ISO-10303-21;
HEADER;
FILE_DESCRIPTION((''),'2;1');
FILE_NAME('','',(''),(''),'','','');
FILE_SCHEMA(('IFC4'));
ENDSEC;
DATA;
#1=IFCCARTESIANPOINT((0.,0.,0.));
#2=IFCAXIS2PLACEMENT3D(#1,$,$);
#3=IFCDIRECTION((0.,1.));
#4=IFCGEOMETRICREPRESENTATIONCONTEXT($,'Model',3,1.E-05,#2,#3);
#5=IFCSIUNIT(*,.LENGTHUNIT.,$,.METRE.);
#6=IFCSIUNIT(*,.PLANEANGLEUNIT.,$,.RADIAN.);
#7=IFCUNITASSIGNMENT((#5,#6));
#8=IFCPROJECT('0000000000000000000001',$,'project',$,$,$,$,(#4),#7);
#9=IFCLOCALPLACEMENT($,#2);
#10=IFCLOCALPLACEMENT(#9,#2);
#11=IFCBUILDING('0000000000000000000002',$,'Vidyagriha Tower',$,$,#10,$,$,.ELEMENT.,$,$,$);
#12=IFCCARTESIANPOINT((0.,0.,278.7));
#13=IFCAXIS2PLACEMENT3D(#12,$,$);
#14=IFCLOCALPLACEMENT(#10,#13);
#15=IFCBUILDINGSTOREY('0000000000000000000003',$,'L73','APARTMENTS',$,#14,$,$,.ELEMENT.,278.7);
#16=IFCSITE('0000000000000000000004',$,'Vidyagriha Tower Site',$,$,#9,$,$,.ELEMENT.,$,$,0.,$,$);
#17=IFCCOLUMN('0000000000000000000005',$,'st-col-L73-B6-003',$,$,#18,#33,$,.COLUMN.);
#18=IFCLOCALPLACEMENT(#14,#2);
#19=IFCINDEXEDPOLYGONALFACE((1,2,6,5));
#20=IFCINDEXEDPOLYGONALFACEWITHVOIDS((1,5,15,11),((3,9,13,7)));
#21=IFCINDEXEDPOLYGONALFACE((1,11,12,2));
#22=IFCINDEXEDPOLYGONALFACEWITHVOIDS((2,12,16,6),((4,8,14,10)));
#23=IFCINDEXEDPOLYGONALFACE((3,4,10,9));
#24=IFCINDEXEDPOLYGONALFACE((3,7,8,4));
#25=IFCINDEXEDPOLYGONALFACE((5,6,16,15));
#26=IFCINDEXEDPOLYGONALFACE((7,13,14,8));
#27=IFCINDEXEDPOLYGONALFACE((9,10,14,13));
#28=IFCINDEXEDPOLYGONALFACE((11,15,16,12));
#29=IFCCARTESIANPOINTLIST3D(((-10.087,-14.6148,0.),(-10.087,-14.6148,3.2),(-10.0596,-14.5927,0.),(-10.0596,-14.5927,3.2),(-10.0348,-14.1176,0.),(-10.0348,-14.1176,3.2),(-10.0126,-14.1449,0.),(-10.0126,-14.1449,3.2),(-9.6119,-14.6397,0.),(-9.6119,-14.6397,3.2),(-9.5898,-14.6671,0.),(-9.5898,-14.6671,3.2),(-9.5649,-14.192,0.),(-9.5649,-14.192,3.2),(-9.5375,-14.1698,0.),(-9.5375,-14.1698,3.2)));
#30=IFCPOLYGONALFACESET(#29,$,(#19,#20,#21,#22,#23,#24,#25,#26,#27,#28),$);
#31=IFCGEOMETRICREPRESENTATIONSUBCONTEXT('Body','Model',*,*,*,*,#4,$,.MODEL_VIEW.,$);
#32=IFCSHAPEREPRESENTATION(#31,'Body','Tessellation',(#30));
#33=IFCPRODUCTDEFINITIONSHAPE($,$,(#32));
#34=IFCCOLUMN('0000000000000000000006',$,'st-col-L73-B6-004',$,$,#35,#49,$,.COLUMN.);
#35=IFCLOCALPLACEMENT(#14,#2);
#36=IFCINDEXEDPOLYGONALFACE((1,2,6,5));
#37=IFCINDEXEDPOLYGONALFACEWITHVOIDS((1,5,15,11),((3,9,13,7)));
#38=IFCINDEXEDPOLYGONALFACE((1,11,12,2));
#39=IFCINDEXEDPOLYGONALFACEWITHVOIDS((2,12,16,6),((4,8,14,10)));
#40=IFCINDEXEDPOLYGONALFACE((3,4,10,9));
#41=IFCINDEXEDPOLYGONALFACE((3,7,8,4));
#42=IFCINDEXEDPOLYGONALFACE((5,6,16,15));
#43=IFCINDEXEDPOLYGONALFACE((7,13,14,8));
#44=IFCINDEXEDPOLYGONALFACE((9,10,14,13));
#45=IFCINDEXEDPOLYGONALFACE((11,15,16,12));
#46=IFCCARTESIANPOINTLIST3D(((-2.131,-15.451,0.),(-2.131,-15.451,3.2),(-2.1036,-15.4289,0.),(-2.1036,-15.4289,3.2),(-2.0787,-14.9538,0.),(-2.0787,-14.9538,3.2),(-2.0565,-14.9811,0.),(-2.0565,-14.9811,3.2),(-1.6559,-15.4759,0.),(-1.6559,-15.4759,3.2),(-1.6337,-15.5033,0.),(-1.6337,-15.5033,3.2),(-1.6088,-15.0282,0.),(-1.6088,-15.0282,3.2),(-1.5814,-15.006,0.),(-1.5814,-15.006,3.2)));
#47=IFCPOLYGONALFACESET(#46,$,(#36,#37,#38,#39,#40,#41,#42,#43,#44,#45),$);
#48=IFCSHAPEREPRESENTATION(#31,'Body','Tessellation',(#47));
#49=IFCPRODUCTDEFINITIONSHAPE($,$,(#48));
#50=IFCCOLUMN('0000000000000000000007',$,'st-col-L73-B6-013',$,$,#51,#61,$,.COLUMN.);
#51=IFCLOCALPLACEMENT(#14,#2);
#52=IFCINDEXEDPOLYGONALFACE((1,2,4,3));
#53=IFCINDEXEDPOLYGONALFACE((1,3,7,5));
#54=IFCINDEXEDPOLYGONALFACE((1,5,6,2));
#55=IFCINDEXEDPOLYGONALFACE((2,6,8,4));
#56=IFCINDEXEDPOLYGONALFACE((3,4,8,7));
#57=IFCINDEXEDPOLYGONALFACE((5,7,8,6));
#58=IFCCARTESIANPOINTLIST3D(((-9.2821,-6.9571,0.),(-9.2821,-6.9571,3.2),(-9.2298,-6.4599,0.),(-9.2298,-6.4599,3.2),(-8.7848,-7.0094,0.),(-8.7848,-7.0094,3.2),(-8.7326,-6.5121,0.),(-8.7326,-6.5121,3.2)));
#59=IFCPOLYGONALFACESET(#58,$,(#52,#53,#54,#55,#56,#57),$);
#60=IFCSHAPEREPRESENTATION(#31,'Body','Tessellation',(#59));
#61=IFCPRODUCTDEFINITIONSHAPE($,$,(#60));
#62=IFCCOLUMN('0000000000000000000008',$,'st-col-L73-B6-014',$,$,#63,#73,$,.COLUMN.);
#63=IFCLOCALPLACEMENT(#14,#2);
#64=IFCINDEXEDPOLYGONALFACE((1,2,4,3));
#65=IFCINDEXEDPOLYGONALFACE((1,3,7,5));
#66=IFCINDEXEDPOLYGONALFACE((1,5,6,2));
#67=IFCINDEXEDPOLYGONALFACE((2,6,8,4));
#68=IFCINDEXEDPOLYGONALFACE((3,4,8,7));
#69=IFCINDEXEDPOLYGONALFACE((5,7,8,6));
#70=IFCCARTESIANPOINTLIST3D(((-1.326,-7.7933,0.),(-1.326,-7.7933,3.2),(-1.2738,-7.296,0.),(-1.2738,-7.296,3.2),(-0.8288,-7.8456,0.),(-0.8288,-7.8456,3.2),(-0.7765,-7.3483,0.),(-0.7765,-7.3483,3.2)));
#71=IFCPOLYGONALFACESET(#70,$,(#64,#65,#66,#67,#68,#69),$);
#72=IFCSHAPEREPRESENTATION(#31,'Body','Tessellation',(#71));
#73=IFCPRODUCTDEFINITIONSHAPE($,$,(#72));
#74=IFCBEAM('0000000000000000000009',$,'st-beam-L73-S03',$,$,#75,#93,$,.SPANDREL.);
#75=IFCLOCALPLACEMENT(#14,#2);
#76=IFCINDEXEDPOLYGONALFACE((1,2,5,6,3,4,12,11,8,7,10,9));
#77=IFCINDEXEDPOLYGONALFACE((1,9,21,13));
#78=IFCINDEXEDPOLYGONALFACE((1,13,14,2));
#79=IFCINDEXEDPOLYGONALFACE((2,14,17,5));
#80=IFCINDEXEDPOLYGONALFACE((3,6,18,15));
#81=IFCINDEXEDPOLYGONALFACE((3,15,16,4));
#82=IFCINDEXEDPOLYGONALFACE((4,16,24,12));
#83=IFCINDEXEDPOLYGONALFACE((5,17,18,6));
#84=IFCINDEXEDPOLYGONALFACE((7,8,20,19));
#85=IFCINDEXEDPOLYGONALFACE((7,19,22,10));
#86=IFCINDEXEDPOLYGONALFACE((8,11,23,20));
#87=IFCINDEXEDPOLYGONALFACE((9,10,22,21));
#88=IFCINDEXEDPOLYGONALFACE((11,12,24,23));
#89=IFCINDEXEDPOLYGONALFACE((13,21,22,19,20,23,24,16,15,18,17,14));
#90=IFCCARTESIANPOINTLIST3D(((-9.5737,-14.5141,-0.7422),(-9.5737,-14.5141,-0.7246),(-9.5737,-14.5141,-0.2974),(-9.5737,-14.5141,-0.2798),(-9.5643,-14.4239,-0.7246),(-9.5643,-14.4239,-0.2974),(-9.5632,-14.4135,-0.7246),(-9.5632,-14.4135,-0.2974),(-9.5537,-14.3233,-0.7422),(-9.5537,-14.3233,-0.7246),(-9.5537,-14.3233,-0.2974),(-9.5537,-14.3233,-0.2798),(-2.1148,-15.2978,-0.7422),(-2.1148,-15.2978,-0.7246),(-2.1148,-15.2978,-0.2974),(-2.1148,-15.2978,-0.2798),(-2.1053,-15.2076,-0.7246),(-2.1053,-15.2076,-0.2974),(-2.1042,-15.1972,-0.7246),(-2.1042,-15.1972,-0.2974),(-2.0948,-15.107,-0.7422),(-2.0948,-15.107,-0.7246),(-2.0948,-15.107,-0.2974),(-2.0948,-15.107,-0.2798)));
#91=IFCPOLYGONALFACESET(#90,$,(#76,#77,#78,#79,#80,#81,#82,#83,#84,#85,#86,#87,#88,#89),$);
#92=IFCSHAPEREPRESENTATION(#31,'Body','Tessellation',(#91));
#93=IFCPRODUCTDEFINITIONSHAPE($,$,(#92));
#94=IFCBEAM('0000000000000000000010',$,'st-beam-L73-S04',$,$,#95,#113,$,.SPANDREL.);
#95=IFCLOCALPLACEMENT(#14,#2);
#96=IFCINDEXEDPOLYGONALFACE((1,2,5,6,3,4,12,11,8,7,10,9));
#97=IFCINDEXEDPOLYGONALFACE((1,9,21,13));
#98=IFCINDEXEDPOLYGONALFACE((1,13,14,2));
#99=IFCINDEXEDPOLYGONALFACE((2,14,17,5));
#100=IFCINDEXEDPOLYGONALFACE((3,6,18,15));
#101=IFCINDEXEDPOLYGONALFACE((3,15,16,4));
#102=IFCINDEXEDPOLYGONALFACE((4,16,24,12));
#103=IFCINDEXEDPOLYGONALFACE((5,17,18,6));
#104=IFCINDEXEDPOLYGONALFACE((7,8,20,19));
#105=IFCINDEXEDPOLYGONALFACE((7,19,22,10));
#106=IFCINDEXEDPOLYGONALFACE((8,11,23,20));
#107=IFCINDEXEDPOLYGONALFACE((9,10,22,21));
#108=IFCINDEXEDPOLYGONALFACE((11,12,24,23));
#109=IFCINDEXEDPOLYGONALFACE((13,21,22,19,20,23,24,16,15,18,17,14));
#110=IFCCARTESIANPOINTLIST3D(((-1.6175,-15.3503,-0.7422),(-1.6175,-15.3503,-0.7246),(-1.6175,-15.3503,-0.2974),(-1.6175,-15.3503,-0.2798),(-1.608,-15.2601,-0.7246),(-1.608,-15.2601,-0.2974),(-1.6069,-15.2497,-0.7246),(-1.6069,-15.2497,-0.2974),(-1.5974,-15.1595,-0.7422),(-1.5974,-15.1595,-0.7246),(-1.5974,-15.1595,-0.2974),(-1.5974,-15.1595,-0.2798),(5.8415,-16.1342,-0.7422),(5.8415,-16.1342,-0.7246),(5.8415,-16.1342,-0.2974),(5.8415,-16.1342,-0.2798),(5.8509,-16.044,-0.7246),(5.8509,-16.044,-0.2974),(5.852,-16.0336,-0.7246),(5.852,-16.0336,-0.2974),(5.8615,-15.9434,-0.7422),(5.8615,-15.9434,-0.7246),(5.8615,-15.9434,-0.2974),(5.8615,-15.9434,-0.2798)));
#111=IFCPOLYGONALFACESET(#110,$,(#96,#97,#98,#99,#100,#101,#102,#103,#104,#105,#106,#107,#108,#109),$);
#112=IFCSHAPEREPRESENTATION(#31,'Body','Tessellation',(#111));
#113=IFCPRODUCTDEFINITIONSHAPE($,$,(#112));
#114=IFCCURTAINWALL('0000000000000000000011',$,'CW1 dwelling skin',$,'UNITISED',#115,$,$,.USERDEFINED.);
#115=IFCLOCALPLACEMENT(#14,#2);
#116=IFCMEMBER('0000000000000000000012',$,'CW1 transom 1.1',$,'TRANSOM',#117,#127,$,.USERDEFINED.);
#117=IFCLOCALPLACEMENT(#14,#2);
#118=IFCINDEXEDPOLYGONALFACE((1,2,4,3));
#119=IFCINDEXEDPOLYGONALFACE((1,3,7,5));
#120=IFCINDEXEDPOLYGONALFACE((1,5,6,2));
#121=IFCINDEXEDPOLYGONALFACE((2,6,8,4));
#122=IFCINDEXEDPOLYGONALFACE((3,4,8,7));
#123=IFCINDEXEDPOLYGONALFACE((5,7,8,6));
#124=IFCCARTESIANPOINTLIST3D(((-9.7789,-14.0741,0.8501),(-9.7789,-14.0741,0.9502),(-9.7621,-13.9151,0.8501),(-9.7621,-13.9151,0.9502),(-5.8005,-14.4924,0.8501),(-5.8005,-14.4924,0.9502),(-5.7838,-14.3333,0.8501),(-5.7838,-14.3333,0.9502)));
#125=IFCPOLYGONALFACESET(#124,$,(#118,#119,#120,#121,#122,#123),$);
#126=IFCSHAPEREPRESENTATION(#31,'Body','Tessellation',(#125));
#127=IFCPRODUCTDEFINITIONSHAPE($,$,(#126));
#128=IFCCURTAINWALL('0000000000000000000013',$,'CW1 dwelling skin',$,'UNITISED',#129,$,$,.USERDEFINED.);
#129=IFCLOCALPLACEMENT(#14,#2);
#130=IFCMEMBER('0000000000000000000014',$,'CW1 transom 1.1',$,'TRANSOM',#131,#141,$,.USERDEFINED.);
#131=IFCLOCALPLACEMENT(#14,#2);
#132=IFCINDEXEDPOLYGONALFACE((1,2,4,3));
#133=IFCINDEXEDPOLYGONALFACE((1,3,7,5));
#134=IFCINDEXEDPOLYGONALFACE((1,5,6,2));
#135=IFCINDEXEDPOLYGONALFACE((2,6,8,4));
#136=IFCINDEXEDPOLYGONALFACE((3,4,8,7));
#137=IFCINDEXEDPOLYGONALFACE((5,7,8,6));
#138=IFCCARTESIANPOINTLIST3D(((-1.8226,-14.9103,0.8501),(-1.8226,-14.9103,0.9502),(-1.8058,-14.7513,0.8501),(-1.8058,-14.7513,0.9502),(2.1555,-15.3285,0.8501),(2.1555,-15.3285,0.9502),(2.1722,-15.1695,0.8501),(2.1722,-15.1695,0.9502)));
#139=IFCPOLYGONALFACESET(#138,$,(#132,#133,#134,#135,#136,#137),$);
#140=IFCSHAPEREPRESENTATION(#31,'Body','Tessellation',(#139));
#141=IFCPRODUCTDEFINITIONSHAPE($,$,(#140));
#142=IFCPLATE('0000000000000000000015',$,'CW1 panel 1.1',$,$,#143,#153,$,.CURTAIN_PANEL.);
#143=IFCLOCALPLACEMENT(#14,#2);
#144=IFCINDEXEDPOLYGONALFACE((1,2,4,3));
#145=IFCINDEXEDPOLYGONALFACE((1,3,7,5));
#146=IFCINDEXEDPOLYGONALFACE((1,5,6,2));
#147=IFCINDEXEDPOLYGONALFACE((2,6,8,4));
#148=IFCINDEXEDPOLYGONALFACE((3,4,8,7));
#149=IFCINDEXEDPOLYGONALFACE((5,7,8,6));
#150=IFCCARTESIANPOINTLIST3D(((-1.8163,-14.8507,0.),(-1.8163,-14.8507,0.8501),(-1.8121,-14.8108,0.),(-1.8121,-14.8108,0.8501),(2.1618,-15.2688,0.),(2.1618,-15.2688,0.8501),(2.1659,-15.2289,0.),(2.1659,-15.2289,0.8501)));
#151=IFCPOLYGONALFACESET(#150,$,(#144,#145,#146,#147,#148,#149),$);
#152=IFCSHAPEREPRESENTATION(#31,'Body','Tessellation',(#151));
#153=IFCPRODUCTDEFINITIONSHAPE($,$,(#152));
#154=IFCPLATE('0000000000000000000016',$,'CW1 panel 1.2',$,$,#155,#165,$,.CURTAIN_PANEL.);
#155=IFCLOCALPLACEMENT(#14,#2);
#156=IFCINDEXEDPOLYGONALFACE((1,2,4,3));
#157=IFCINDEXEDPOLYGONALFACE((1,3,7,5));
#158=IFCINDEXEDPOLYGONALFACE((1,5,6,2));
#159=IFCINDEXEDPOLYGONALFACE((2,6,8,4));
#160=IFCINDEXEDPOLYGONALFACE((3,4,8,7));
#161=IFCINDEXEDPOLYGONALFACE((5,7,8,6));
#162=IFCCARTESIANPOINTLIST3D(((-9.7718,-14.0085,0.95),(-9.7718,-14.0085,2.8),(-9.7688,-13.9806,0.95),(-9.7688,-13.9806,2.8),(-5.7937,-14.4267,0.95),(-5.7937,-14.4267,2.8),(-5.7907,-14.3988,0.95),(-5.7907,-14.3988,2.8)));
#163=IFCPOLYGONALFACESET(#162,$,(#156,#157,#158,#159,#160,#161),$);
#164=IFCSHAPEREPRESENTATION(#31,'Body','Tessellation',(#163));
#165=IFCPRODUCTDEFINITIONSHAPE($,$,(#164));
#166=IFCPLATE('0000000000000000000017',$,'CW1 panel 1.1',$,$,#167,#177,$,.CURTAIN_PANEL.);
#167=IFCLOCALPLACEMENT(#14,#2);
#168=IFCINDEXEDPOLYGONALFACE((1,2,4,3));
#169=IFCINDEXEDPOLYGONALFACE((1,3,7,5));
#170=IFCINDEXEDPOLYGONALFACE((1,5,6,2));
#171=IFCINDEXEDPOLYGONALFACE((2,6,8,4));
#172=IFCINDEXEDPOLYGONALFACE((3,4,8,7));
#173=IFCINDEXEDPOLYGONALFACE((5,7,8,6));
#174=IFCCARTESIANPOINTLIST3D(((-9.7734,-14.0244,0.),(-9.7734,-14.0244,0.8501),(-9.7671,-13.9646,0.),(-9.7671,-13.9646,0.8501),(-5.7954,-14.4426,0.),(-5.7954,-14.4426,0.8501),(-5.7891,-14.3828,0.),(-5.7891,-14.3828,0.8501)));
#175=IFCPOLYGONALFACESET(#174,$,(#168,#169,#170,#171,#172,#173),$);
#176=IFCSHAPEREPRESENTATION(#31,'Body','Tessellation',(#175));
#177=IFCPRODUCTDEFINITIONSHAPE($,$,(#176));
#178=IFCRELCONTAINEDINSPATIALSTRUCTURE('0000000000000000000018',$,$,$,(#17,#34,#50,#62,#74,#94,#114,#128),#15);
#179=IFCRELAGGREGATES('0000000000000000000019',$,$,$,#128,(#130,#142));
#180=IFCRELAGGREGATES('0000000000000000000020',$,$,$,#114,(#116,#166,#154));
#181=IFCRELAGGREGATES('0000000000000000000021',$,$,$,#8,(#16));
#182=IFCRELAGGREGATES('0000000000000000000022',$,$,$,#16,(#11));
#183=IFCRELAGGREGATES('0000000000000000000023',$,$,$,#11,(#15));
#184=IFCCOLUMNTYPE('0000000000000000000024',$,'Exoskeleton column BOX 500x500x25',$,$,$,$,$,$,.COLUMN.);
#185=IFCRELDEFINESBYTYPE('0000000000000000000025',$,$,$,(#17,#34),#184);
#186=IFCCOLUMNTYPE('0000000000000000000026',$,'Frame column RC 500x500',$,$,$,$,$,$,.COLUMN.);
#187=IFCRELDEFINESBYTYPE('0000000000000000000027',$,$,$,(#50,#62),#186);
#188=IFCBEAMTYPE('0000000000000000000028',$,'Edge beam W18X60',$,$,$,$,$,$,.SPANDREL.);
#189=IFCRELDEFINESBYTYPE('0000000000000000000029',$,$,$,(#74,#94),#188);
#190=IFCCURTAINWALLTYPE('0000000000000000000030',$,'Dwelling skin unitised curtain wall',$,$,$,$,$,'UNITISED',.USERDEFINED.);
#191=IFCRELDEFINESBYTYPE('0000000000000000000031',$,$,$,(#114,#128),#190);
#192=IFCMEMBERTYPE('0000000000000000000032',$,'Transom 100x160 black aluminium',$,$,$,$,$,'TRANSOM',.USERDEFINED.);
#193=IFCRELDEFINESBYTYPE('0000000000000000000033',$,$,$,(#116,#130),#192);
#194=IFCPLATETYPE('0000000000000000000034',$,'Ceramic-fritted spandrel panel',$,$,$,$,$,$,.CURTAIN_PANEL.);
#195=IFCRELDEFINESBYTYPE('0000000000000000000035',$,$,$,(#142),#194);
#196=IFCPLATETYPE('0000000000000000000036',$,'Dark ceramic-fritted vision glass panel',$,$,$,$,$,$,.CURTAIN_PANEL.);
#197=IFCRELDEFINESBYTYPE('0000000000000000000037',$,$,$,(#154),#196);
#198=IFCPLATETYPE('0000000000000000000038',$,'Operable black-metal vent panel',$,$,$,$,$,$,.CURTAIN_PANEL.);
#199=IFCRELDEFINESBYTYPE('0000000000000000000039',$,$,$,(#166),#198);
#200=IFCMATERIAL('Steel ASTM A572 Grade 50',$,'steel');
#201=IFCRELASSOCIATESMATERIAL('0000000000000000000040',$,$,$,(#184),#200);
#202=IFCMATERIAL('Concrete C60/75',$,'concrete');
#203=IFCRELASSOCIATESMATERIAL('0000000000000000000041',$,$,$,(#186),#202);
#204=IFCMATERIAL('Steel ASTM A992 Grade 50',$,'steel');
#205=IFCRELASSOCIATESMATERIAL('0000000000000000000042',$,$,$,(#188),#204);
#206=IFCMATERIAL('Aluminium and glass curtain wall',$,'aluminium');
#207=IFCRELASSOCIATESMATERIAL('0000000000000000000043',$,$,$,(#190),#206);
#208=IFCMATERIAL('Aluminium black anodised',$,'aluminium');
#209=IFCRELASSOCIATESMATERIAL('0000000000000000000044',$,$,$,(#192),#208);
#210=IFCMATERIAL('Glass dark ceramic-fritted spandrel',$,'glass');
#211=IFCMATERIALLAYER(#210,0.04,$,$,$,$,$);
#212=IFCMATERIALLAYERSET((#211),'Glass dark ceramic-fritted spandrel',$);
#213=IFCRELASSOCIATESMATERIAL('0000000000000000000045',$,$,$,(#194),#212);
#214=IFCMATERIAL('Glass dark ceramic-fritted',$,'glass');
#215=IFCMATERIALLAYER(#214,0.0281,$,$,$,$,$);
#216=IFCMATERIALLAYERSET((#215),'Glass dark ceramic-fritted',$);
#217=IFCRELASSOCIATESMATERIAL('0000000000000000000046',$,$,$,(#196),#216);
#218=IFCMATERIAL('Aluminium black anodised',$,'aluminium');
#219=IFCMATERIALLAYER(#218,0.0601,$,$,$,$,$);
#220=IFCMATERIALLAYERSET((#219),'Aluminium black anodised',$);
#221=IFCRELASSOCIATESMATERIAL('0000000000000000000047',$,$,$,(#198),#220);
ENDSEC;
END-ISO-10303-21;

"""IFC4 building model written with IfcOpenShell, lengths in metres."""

from ifc_helpers import new_model, si_unit, direction, frame, origin, origin_2d, place, context, subcontext, project, spatial, rectangle, hollow_rectangle, i_section, extrude, material, layer, layer_set, material_profile, profile_set, type_object, element, aggregate, save


model = new_model("IFC4")

# Units and contexts
model_context = context("Model", 3, precision=1e-05, world=origin(), true_north=direction((0.0, 1.0)))
body_context = subcontext(model_context, "Body", "Model", "MODEL_VIEW")
ifc_project = project(units=[si_unit("LENGTHUNIT", "METRE"), si_unit("PLANEANGLEUNIT", "RADIAN")], contexts=[model_context])

# Site, building, storey
site_placement = place(None, origin())
site = spatial("IfcSite", under=ifc_project, at=site_placement, Name="Vidyagriha Tower Site", CompositionType="ELEMENT", RefElevation=0.0)
building_placement = place(site_placement, origin())
building = spatial("IfcBuilding", under=site, at=building_placement, Name="Vidyagriha Tower", CompositionType="ELEMENT")
storey_placement = place(building_placement, frame((0.0, 0.0, 278.7)))
storey = spatial("IfcBuildingStorey", under=building, at=storey_placement, Name="L73", Description="APARTMENTS", CompositionType="ELEMENT", Elevation=278.7)

# Columns
ifc_material_1 = material(Name="Steel ASTM A572 Grade 50", Category="steel")
ifc_material_profile_1 = material_profile(ifc_material_1, hollow_rectangle(XDim=0.5, YDim=0.5, WallThickness=0.0249, at=origin_2d()), Name="BOX 500x500x25")
ifc_profile_set_1 = profile_set([ifc_material_profile_1], Name="Steel ASTM A572 Grade 50")
column_type_1 = type_object("IfcColumnType", Name="Exoskeleton column BOX 500x500x25", PredefinedType="COLUMN", material=ifc_profile_set_1)
for number, where, z_axis, x_axis, name in (
    (1, (-9.8123, -14.3923, 0.0), (0.0, 0.0, 1.0), (0.994522, -0.104528, 0.0), "st-col-L73-B6-003"),
    (2, (-1.8562, -15.2285, 0.0), (0.0, 0.0, 1.0), (0.994522, -0.104528, 0.0), "st-col-L73-B6-004"),
):
    element("IfcColumn", number, at=place(storey_placement, frame(where, z_axis=z_axis, x_axis=x_axis)), inside=storey, type_object=column_type_1, Name=name, PredefinedType="COLUMN", context=body_context, shape_type="SweptSolid", body=[
        extrude(hollow_rectangle(XDim=0.5, YDim=0.5, WallThickness=0.0249, at=origin_2d()), origin(), (0.0, 0.0, 1.0), 3.2),
    ])
ifc_material_2 = material(Name="Concrete C60/75", Category="concrete")
ifc_material_profile_2 = material_profile(ifc_material_2, rectangle(XDim=0.5, YDim=0.5, at=origin_2d()), Name="RC 500x500")
ifc_profile_set_2 = profile_set([ifc_material_profile_2], Name="Concrete C60/75")
column_type_2 = type_object("IfcColumnType", Name="Frame column RC 500x500", PredefinedType="COLUMN", material=ifc_profile_set_2)
for number, where, z_axis, x_axis, name in (
    (3, (-9.0073, -6.7346, 0.0), (0.0, 0.0, 1.0), (0.994522, -0.104528, 0.0), "st-col-L73-B6-013"),
    (4, (-1.0513, -7.5708, 0.0), (0.0, 0.0, 1.0), (0.994522, -0.104528, 0.0), "st-col-L73-B6-014"),
):
    element("IfcColumn", number, at=place(storey_placement, frame(where, z_axis=z_axis, x_axis=x_axis)), inside=storey, type_object=column_type_2, Name=name, PredefinedType="COLUMN", context=body_context, shape_type="SweptSolid", body=[
        extrude(rectangle(XDim=0.5, YDim=0.5, at=origin_2d()), origin(), (0.0, 0.0, 1.0), 3.2),
    ])

# Beams
ifc_material_3 = material(Name="Steel ASTM A992 Grade 50", Category="steel")
ifc_material_profile_3 = material_profile(ifc_material_3, i_section(OverallWidth=0.1919, OverallDepth=0.4624, WebThickness=0.0105, FlangeThickness=0.0176, at=origin_2d()), Name="W18X60")
ifc_profile_set_3 = profile_set([ifc_material_profile_3], Name="Steel ASTM A992 Grade 50")
beam_type = type_object("IfcBeamType", Name="Edge beam W18X60", PredefinedType="SPANDREL", material=ifc_profile_set_3)
for number, where, z_axis, x_axis, name in (
    (5, (-9.5637, -14.4187, -0.511), (0.994526, -0.104492, 0.0), (0.104492, 0.994526, 0.0), "st-beam-L73-S03"),
    (6, (-1.6074, -15.2549, -0.511), (0.994522, -0.104524, 0.0), (0.104524, 0.994522, 0.0), "st-beam-L73-S04"),
):
    element("IfcBeam", number, at=place(storey_placement, frame(where, z_axis=z_axis, x_axis=x_axis)), inside=storey, type_object=beam_type, Name=name, PredefinedType="SPANDREL", context=body_context, shape_type="SweptSolid", body=[
        extrude(i_section(OverallWidth=0.1919, OverallDepth=0.4624, WebThickness=0.0105, FlangeThickness=0.0176, at=origin_2d()), origin(), (0.0, 0.0, 1.0), 7.5),
    ])

# Curtain wall, member
ifc_material_4 = material(Name="Aluminium and glass curtain wall", Category="aluminium")
curtain_wall_type = type_object("IfcCurtainWallType", Name="Dwelling skin unitised curtain wall", ElementType="UNITISED", PredefinedType="USERDEFINED", material=ifc_material_4)
curtain_wall_1_placement = place(storey_placement, origin())
curtain_wall_1 = element("IfcCurtainWall", 7, at=curtain_wall_1_placement, inside=storey, type_object=curtain_wall_type, Name="CW1 dwelling skin", ObjectType="UNITISED", PredefinedType="USERDEFINED")
ifc_material_5 = material(Name="Aluminium black anodised", Category="aluminium")
ifc_material_profile_4 = material_profile(ifc_material_5, rectangle(XDim=0.1599, YDim=0.1001, at=origin_2d()), Name="Transom 100x160 black aluminium")
ifc_profile_set_4 = profile_set([ifc_material_profile_4], Name="Aluminium black anodised")
member_type = type_object("IfcMemberType", Name="Transom 100x160 black aluminium", ElementType="TRANSOM", PredefinedType="USERDEFINED", material=ifc_profile_set_4)
member_1_placement = place(storey_placement, frame((-9.7705, -13.9946, 0.9001), z_axis=(0.99452, -0.104548, 0.0), x_axis=(0.104548, 0.99452, 0.0)))
member_1 = element("IfcMember", 8, at=member_1_placement, type_object=member_type, Name="CW1 transom 1.1", ObjectType="TRANSOM", PredefinedType="USERDEFINED", context=body_context, shape_type="SweptSolid", body=[
    extrude(rectangle(XDim=0.1599, YDim=0.1001, at=origin_2d()), origin(), (0.0, 0.0, 1.0), 4.0002),
])

# Curtain wall, member, plate
curtain_wall_2_placement = place(storey_placement, origin())
curtain_wall_2 = element("IfcCurtainWall", 9, at=curtain_wall_2_placement, inside=storey, type_object=curtain_wall_type, Name="CW1 dwelling skin", ObjectType="UNITISED", PredefinedType="USERDEFINED")
member_2_placement = place(storey_placement, frame((-1.8142, -14.8308, 0.9001), z_axis=(0.994519, -0.104555, 0.0), x_axis=(0.104555, 0.994519, 0.0)))
member_2 = element("IfcMember", 10, at=member_2_placement, type_object=member_type, Name="CW1 transom 1.1", ObjectType="TRANSOM", PredefinedType="USERDEFINED", context=body_context, shape_type="SweptSolid", body=[
    extrude(rectangle(XDim=0.1599, YDim=0.1001, at=origin_2d()), origin(), (0.0, 0.0, 1.0), 4.0),
])
ifc_material_6 = material(Name="Glass dark ceramic-fritted spandrel", Category="glass")
ifc_layer_1 = layer(ifc_material_6, 0.04)
ifc_layer_set_1 = layer_set([ifc_layer_1], Name="Glass dark ceramic-fritted spandrel")
plate_type_1 = type_object("IfcPlateType", Name="Ceramic-fritted spandrel panel", PredefinedType="CURTAIN_PANEL", material=ifc_layer_set_1)
plate_1_placement = place(storey_placement, frame((0.1748, -15.0398, 0.0), z_axis=(0.0, 0.0, 1.0), x_axis=(0.994522, -0.104527, 0.0)))
plate_1 = element("IfcPlate", 11, at=plate_1_placement, type_object=plate_type_1, Name="CW1 panel 1.1", PredefinedType="CURTAIN_PANEL", context=body_context, shape_type="SweptSolid", body=[
    extrude(rectangle(XDim=4.0, YDim=0.04, at=origin_2d()), origin(), (0.0, 0.0, 1.0), 0.8501),
])
aggregate(curtain_wall_2, [member_2, plate_1])

# Plates
ifc_material_7 = material(Name="Glass dark ceramic-fritted", Category="glass")
ifc_layer_2 = layer(ifc_material_7, 0.0281)
ifc_layer_set_2 = layer_set([ifc_layer_2], Name="Glass dark ceramic-fritted")
plate_type_2 = type_object("IfcPlateType", Name="Dark ceramic-fritted vision glass panel", PredefinedType="CURTAIN_PANEL", material=ifc_layer_set_2)
plate_2_placement = place(storey_placement, frame((-7.7812, -14.2036, 0.95), z_axis=(0.0, 0.0, 1.0), x_axis=(0.99452, -0.104549, 0.0)))
plate_2 = element("IfcPlate", 12, at=plate_2_placement, type_object=plate_type_2, Name="CW1 panel 1.2", PredefinedType="CURTAIN_PANEL", context=body_context, shape_type="SweptSolid", body=[
    extrude(rectangle(XDim=4.0, YDim=0.0281, at=origin_2d()), origin(), (0.0, 0.0, 1.0), 1.8501),
])
ifc_material_8 = material(Name="Aluminium black anodised", Category="aluminium")
ifc_layer_3 = layer(ifc_material_8, 0.0601)
ifc_layer_set_3 = layer_set([ifc_layer_3], Name="Aluminium black anodised")
plate_type_3 = type_object("IfcPlateType", Name="Operable black-metal vent panel", PredefinedType="CURTAIN_PANEL", material=ifc_layer_set_3)
plate_3_placement = place(storey_placement, frame((-7.7812, -14.2036, 0.0), z_axis=(0.0, 0.0, 1.0), x_axis=(0.99452, -0.104549, 0.0)))
plate_3 = element("IfcPlate", 13, at=plate_3_placement, type_object=plate_type_3, Name="CW1 panel 1.1", PredefinedType="CURTAIN_PANEL", context=body_context, shape_type="SweptSolid", body=[
    extrude(rectangle(XDim=4.0, YDim=0.0601, at=origin_2d()), origin(), (0.0, 0.0, 1.0), 0.8501),
])
aggregate(curtain_wall_1, [member_1, plate_3, plate_2])

save(model, "model.ifc")
